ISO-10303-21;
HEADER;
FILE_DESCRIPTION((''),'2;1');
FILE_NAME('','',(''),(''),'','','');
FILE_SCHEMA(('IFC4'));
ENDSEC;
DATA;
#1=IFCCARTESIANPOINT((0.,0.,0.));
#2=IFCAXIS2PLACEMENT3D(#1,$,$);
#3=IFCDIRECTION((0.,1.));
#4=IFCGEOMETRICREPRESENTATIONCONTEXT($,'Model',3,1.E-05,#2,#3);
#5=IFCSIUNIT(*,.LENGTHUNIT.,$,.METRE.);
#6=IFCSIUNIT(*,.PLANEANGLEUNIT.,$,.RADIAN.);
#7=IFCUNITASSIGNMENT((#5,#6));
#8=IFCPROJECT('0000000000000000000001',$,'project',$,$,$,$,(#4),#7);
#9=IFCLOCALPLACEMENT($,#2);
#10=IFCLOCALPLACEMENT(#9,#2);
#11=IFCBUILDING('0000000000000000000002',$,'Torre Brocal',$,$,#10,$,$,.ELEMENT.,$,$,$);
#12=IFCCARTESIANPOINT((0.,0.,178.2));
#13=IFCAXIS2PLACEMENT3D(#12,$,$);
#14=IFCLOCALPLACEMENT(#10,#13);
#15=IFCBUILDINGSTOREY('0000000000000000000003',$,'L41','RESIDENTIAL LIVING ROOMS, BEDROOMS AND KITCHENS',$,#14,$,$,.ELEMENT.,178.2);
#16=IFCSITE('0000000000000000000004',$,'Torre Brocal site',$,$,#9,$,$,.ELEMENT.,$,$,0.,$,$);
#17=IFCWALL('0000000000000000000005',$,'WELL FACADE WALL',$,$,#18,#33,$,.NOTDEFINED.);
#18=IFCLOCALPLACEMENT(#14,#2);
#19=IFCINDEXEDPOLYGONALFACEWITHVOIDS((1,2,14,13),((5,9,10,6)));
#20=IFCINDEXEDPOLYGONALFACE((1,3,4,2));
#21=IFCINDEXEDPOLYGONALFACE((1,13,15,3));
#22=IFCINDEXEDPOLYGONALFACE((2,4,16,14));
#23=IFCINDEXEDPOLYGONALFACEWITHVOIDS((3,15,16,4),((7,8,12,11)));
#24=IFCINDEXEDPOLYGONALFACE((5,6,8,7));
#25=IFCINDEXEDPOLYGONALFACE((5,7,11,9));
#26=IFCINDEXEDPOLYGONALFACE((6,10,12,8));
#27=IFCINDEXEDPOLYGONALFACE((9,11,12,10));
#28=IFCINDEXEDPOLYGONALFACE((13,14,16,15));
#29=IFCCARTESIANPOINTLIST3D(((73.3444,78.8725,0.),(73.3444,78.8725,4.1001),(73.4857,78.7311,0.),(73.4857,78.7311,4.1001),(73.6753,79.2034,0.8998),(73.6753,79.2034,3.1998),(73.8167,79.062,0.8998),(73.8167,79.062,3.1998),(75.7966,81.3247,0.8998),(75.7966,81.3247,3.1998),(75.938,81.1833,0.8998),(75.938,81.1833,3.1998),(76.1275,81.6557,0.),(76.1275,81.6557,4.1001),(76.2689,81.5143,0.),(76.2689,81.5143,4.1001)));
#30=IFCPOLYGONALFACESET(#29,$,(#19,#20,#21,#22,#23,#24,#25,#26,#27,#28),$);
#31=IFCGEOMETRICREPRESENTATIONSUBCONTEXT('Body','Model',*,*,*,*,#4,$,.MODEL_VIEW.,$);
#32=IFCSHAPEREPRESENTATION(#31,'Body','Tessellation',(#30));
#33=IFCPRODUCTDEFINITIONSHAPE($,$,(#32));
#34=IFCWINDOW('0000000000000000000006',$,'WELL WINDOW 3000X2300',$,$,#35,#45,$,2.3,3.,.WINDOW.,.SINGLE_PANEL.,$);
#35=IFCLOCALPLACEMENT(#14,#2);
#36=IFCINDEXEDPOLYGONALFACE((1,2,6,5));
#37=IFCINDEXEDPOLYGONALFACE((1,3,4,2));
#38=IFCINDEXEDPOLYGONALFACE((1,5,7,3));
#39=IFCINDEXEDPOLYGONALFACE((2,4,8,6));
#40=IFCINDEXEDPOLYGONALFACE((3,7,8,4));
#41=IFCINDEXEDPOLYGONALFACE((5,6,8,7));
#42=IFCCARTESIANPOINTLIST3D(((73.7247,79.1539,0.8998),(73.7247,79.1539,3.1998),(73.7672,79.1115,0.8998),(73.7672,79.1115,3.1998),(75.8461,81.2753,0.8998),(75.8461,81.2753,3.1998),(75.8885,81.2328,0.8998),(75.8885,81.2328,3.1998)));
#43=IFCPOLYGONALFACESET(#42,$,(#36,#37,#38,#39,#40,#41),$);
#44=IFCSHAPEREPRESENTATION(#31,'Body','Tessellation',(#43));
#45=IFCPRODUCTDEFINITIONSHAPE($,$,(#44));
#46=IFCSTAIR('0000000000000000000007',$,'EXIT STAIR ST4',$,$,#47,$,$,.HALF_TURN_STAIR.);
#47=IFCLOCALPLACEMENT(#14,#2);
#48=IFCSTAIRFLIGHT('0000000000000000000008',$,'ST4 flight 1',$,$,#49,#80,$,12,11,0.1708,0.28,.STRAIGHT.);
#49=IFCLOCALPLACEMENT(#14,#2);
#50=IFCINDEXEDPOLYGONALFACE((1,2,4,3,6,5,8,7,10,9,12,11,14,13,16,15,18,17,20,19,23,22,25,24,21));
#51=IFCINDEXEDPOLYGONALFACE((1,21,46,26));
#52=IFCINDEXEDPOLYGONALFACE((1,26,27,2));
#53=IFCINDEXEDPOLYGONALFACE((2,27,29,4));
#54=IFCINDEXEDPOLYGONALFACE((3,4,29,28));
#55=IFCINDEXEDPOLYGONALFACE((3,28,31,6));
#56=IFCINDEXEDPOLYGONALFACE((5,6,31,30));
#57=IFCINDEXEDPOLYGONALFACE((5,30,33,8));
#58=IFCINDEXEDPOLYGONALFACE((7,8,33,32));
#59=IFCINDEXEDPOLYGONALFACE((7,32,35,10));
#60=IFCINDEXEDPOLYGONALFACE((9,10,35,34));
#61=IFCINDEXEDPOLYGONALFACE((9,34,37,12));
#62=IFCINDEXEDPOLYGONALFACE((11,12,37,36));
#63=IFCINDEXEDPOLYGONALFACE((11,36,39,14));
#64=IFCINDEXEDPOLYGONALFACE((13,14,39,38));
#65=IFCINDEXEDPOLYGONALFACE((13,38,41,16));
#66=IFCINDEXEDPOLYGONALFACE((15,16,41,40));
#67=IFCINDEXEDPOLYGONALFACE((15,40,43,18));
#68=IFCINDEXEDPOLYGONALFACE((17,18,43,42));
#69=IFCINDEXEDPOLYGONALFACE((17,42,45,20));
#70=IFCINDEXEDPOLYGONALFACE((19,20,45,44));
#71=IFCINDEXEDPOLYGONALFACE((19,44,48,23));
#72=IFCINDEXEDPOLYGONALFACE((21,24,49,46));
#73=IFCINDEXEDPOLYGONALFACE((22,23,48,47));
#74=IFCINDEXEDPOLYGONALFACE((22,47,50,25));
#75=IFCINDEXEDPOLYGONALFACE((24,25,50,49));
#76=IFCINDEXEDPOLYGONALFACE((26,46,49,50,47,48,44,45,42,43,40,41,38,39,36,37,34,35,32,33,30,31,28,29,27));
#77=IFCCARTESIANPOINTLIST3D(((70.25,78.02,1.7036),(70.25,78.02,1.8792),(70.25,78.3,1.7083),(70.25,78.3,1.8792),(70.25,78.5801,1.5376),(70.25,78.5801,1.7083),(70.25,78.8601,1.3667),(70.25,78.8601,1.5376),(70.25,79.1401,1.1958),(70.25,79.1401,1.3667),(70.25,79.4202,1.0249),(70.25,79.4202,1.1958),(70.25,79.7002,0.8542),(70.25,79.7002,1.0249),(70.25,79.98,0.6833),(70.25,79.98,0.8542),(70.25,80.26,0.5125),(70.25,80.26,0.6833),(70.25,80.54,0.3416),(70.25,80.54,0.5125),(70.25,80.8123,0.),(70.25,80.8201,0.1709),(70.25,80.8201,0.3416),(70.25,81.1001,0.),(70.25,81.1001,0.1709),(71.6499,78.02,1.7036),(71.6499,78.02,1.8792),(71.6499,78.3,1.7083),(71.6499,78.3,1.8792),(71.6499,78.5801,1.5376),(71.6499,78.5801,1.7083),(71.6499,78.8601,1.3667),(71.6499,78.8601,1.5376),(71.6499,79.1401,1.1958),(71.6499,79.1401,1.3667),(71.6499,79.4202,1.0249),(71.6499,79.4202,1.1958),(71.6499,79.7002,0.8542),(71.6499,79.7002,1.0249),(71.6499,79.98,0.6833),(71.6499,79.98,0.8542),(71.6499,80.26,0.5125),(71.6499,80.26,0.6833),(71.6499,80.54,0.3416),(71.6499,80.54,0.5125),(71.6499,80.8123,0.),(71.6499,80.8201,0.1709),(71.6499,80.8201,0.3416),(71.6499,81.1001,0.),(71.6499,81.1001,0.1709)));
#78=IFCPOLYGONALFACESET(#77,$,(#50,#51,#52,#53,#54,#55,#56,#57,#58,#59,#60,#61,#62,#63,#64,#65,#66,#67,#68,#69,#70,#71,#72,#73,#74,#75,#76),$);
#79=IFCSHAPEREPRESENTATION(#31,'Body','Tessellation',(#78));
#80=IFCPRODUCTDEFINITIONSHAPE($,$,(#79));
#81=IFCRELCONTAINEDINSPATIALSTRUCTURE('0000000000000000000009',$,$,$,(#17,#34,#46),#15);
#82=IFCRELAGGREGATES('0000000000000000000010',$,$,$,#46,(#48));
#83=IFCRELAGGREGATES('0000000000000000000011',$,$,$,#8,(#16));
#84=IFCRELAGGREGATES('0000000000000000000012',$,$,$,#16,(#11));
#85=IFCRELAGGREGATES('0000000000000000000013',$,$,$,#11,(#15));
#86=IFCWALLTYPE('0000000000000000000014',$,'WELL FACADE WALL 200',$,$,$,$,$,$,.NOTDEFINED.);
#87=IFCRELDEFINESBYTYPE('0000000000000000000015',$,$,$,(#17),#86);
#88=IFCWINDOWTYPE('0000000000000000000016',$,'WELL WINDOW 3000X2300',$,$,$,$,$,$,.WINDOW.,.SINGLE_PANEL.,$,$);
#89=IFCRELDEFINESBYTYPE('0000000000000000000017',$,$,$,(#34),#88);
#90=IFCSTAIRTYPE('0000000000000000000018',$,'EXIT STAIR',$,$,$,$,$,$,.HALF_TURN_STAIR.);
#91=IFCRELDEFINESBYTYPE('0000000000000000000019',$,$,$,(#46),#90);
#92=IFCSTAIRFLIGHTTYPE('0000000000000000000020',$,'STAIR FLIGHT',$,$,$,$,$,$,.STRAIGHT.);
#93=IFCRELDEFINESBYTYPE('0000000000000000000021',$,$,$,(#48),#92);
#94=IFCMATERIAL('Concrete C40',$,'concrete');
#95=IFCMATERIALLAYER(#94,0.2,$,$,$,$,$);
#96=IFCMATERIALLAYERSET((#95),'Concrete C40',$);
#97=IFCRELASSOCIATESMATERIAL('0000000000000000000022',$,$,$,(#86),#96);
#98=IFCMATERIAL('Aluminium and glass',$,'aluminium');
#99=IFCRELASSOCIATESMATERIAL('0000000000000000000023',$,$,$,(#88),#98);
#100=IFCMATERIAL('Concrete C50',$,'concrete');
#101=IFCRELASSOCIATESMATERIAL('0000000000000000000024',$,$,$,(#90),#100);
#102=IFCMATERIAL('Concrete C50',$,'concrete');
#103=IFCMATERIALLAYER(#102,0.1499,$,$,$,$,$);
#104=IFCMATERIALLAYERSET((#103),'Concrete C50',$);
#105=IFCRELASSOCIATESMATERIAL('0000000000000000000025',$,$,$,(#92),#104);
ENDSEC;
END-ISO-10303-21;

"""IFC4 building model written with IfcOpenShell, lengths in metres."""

from ifc_helpers import new_model, si_unit, direction, frame, frame_2d, origin, place, context, subcontext, project, spatial, polyline, rectangle, outline, extrude, material, layer, layer_set, type_object, element, fill, aggregate, save


model = new_model("IFC4")

# Units and contexts
model_context = context("Model", 3, precision=1e-05, world=origin(), true_north=direction((0.0, 1.0)))
body_context = subcontext(model_context, "Body", "Model", "MODEL_VIEW")
ifc_project = project(units=[si_unit("LENGTHUNIT", "METRE"), si_unit("PLANEANGLEUNIT", "RADIAN")], contexts=[model_context])

# Site, building, storey
site_placement = place(None, origin())
site = spatial("IfcSite", under=ifc_project, at=site_placement, Name="Torre Brocal site", CompositionType="ELEMENT", RefElevation=0.0)
building_placement = place(site_placement, origin())
building = spatial("IfcBuilding", under=site, at=building_placement, Name="Torre Brocal", CompositionType="ELEMENT")
storey_placement = place(building_placement, frame((0.0, 0.0, 178.2)))
storey = spatial("IfcBuildingStorey", under=building, at=storey_placement, Name="L41", Description="RESIDENTIAL LIVING ROOMS, BEDROOMS AND KITCHENS", CompositionType="ELEMENT", Elevation=178.2)

# Wall, opening, window
ifc_material_1 = material(Name="Concrete C40", Category="concrete")
ifc_layer_1 = layer(ifc_material_1, 0.2)
ifc_layer_set_1 = layer_set([ifc_layer_1], Name="Concrete C40")
wall_type_1 = type_object("IfcWallType", Name="WELL FACADE WALL 200", PredefinedType="NOTDEFINED", material=ifc_layer_set_1)
wall_1_placement = place(storey_placement, frame((76.1982, 81.585, 0.0), z_axis=(0.0, 0.0, 1.0), x_axis=(-0.707107, -0.707107, 0.0)))
wall_1 = element("IfcWall", 1, at=wall_1_placement, inside=storey, type_object=wall_type_1, Name="WELL FACADE WALL", PredefinedType="NOTDEFINED", context=body_context, shape_type="SweptSolid", body=[
    extrude(rectangle(XDim=3.936, YDim=0.2, at=frame_2d((1.968, 0.0))), origin(), (0.0, 0.0, 1.0), 4.1001),
])
opening_1_placement = place(wall_1_placement, frame((0.468, 0.0, 0.8999)))
opening_1 = element("IfcOpeningElement", 2, at=opening_1_placement, cuts=wall_1, PredefinedType="OPENING", context=body_context, shape_type="SweptSolid", body=[
    extrude(rectangle(XDim=3.0, YDim=2.3, at=frame_2d((1.5, 1.1499))), frame((0.0, 0.1099, 0.0), z_axis=(0.0, -1.0, 0.0), x_axis=(1.0, 0.0, 0.0)), (0.0, 0.0, 1.0), 0.22),
])
ifc_material_2 = material(Name="Aluminium and glass", Category="aluminium")
window_type = type_object("IfcWindowType", Name="WELL WINDOW 3000X2300", PartitioningType="SINGLE_PANEL", PredefinedType="WINDOW", material=ifc_material_2)
window_placement = place(opening_1_placement, origin())
window = element("IfcWindow", 3, at=window_placement, inside=storey, type_object=window_type, Name="WELL WINDOW 3000X2300", OverallHeight=2.3, OverallWidth=3.0, PartitioningType="SINGLE_PANEL", PredefinedType="WINDOW", context=body_context, shape_type="SweptSolid", body=[
    extrude(rectangle(XDim=3.0, YDim=2.3, at=frame_2d((1.5, 1.1499))), frame((0.0, 0.03, 0.0), z_axis=(0.0, -1.0, 0.0), x_axis=(1.0, 0.0, 0.0)), (0.0, 0.0, 1.0), 0.0601),
])
fill(opening_1, window)

# Stair, stair flight
ifc_material_3 = material(Name="Concrete C50", Category="concrete")
stair_type = type_object("IfcStairType", Name="EXIT STAIR", PredefinedType="HALF_TURN_STAIR", material=ifc_material_3)
stair_placement = place(storey_placement, origin())
stair = element("IfcStair", 4, at=stair_placement, inside=storey, type_object=stair_type, Name="EXIT STAIR ST4", PredefinedType="HALF_TURN_STAIR")
ifc_material_4 = material(Name="Concrete C50", Category="concrete")
ifc_layer_2 = layer(ifc_material_4, 0.1499)
ifc_layer_set_2 = layer_set([ifc_layer_2], Name="Concrete C50")
stair_flight_type = type_object("IfcStairFlightType", Name="STAIR FLIGHT", PredefinedType="STRAIGHT", material=ifc_layer_set_2)
stair_flight_placement = place(storey_placement, frame((70.95, 81.1001, 0.0), z_axis=(0.0, 0.0, 1.0), x_axis=(0.0, -1.0, 0.0)))
stair_flight = element("IfcStairFlight", 5, at=stair_flight_placement, type_object=stair_flight_type, Name="ST4 flight 1", NumberOfRisers=12, NumberOfTreads=11, PredefinedType="STRAIGHT", RiserHeight=0.1708, TreadLength=0.28, context=body_context, shape_type="SweptSolid", body=[
    extrude(outline(polyline([(0.0, 0.0), (0.0, 0.1709), (0.28, 0.1709), (0.28, 0.3416), (0.5601, 0.3416), (0.5601, 0.5125), (0.8401, 0.5125), (0.8401, 0.6833), (1.1201, 0.6833), (1.1201, 0.8542), (1.3999, 0.8542), (1.3999, 1.0249), (1.6799, 1.0249), (1.6799, 1.1958), (1.96, 1.1958), (1.96, 1.3667), (2.24, 1.3667), (2.24, 1.5376), (2.52, 1.5376), (2.52, 1.7083), (2.8, 1.7083), (2.8, 1.8792), (3.0801, 1.8792), (3.0801, 2.05), (3.0801, 1.7036), (0.2878, 0.0), (0.0, 0.0)])), frame((0.0, 0.7, 0.0), z_axis=(0.0, -1.0, 0.0), x_axis=(1.0, 0.0, 0.0)), (0.0, 0.0, 1.0), 1.3999),
])
aggregate(stair, [stair_flight])

save(model, "model.ifc")
